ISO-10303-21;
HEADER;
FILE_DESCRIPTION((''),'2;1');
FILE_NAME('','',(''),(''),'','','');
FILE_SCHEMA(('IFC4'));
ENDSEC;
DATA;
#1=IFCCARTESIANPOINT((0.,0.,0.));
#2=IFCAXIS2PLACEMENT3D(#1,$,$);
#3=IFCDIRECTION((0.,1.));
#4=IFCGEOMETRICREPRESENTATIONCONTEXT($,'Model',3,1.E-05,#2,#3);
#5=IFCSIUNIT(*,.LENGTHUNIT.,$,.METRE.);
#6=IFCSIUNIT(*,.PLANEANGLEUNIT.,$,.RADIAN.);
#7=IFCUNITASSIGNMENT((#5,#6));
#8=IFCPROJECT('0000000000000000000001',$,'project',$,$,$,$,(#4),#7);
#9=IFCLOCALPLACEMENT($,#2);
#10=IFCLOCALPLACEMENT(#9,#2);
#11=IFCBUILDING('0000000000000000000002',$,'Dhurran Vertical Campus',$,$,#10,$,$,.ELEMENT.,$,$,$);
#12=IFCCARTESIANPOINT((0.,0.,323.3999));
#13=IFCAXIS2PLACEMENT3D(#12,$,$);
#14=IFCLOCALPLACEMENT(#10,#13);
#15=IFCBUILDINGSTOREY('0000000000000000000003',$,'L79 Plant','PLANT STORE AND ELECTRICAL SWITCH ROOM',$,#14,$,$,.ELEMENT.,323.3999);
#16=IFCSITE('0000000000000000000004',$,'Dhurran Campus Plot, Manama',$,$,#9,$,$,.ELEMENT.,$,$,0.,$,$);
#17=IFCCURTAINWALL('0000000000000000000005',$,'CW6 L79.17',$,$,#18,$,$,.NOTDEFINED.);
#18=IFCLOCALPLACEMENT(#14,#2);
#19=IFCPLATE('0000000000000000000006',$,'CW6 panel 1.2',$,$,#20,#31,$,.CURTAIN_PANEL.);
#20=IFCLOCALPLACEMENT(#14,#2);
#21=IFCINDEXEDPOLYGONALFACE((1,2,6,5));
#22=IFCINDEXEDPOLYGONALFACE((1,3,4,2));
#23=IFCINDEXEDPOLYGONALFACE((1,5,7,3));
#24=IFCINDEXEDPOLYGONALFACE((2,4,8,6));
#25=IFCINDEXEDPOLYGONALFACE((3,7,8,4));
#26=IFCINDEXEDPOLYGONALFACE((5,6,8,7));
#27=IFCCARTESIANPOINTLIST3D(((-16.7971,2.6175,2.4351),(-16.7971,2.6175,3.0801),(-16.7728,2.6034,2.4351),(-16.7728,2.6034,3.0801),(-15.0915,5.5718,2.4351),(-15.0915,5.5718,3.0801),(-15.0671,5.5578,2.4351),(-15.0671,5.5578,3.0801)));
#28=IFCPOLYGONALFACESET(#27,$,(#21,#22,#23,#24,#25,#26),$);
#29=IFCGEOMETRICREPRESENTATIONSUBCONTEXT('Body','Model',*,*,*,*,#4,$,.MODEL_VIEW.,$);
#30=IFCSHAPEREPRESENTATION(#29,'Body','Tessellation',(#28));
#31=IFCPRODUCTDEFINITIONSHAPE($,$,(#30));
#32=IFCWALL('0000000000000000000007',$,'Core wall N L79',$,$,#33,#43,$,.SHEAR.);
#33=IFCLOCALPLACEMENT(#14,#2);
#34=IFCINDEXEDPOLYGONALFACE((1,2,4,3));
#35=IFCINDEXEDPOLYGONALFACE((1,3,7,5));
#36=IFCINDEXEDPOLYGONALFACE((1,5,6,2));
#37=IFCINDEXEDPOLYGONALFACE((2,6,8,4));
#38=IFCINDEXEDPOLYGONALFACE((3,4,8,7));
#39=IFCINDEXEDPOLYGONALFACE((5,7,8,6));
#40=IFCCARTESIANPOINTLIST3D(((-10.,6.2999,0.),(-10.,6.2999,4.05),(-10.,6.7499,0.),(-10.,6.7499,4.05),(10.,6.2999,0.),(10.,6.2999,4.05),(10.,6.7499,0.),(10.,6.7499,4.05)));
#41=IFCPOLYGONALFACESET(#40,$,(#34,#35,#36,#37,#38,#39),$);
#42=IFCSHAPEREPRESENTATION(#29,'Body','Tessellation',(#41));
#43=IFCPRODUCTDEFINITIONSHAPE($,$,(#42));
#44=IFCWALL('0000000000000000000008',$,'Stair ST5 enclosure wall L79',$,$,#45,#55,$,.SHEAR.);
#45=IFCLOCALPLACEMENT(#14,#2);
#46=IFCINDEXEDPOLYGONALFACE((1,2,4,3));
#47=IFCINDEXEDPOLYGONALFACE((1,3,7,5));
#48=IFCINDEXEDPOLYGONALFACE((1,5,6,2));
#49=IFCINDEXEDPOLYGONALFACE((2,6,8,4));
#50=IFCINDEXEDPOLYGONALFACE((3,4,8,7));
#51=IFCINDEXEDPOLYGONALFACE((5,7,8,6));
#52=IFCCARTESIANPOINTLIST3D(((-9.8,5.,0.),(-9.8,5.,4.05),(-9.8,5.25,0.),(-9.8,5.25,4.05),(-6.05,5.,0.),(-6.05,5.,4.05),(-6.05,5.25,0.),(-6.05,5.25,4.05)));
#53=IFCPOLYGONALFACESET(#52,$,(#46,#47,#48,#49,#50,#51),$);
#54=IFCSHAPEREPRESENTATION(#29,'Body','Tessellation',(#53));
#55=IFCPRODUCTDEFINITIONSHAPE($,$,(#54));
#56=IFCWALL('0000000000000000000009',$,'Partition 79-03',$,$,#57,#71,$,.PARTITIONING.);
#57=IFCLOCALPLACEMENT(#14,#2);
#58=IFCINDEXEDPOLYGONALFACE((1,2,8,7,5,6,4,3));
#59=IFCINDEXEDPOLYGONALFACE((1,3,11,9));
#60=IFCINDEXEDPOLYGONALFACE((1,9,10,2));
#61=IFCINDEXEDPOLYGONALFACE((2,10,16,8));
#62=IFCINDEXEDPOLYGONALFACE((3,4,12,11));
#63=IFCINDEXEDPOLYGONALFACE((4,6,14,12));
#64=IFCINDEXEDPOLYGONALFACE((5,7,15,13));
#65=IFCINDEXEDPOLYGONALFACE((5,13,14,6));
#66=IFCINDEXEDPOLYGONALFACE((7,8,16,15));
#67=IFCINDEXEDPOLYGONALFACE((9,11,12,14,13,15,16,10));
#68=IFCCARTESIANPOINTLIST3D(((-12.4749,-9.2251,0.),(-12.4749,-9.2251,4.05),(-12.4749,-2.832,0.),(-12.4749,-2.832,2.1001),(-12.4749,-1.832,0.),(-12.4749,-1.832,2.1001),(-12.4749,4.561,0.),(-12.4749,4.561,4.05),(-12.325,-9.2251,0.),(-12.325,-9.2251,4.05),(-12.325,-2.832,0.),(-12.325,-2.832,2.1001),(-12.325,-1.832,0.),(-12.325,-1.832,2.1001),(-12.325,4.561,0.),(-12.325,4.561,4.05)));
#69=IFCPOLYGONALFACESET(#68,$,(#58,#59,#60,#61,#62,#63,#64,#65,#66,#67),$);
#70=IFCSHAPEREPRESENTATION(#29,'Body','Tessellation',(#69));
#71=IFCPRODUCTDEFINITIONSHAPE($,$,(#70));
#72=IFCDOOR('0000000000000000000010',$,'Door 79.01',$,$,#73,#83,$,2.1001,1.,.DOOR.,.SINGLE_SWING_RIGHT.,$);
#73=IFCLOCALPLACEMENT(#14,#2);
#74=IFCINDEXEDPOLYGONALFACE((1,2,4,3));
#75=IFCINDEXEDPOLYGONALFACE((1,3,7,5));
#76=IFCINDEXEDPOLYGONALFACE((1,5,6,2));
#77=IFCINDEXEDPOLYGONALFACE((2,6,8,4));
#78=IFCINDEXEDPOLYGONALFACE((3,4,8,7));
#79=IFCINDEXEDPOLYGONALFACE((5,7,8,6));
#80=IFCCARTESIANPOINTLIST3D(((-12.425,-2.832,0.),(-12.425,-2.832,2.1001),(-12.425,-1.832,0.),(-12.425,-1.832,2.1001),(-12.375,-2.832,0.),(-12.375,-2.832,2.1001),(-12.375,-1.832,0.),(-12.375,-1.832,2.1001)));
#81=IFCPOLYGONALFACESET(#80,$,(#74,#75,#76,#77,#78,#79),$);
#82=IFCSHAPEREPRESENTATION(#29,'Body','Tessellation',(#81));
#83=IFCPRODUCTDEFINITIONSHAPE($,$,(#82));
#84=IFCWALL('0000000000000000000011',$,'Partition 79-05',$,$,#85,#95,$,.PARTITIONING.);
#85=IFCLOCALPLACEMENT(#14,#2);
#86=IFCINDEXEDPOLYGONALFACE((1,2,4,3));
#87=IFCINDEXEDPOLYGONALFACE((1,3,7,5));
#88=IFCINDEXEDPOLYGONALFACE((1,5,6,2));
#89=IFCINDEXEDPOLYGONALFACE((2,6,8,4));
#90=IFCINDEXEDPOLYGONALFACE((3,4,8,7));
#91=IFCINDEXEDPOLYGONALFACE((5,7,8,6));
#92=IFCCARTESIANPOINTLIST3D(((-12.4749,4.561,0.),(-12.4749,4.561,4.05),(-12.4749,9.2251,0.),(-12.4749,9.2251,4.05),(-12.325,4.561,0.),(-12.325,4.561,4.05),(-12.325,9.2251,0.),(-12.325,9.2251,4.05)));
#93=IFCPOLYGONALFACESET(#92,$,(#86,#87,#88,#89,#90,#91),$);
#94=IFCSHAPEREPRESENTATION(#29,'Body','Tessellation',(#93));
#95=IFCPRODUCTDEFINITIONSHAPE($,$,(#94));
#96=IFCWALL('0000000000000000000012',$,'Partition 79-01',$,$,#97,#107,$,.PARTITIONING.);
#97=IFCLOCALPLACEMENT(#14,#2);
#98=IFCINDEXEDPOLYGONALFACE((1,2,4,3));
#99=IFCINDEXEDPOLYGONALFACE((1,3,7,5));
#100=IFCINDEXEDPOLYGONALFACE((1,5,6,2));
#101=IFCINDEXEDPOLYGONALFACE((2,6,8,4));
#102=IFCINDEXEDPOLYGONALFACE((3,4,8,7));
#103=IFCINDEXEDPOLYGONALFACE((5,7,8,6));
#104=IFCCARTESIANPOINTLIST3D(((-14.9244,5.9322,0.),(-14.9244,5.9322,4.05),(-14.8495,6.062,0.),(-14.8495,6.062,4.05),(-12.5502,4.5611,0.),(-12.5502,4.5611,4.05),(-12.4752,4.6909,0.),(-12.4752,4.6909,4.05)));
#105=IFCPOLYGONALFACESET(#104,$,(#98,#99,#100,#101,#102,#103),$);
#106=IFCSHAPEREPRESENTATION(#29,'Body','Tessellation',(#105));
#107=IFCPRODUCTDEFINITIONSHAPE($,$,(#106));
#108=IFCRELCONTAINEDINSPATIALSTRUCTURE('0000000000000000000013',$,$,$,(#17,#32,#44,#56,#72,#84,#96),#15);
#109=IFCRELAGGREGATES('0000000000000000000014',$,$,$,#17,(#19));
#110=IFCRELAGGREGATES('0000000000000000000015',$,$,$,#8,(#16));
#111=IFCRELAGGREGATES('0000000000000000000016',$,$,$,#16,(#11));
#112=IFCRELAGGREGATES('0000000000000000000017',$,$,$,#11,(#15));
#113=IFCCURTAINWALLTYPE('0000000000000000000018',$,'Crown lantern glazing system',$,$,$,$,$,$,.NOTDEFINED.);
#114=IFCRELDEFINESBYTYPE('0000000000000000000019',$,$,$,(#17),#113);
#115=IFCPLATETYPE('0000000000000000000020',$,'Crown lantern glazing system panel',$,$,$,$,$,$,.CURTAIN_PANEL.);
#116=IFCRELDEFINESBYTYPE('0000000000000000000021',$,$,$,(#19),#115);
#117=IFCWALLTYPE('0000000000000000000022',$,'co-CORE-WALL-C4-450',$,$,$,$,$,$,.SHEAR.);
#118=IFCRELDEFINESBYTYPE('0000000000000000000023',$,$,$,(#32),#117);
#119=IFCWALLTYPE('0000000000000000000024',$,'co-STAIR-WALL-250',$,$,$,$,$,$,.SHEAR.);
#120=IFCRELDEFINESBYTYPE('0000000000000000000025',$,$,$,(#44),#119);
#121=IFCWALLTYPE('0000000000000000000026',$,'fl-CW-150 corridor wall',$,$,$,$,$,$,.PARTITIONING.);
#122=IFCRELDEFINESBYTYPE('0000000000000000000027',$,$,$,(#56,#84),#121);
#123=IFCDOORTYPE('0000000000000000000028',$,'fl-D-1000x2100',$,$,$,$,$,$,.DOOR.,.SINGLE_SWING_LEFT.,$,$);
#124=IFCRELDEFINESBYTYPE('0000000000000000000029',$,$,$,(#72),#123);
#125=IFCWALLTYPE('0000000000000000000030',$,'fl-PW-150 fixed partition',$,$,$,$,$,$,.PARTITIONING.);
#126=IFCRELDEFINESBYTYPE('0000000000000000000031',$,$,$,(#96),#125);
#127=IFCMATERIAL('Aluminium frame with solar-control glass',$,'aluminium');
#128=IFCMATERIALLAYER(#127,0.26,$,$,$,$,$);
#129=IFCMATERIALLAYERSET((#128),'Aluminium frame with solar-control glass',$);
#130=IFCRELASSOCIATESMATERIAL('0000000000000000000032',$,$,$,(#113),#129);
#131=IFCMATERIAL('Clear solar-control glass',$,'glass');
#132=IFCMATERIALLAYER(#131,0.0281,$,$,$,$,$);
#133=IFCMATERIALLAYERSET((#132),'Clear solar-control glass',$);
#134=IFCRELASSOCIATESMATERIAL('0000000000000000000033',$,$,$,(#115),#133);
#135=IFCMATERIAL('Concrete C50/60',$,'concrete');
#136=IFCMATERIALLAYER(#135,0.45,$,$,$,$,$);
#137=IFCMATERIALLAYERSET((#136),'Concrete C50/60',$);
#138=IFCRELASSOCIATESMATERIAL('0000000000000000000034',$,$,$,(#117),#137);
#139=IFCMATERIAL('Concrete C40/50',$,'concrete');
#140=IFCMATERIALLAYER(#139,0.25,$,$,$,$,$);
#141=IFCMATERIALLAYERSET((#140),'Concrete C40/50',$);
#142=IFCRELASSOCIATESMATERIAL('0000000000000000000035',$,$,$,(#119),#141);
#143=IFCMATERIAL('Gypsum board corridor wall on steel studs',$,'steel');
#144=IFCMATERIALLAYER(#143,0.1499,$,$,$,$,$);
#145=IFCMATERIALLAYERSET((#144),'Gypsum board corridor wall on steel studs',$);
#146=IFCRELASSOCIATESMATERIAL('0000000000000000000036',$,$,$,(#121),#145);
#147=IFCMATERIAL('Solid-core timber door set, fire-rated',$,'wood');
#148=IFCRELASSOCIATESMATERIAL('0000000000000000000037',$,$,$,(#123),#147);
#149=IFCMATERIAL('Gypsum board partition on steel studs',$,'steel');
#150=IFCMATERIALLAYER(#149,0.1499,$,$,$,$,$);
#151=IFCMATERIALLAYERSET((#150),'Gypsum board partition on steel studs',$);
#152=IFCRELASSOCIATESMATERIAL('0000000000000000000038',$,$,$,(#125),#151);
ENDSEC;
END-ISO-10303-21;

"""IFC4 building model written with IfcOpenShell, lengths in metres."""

from ifc_helpers import new_model, si_unit, direction, frame, frame_2d, origin, origin_2d, place, context, subcontext, project, spatial, rectangle, extrude, material, layer, layer_set, type_object, element, fill, aggregate, save


model = new_model("IFC4")

# Units and contexts
model_context = context("Model", 3, precision=1e-05, world=origin(), true_north=direction((0.0, 1.0)))
body_context = subcontext(model_context, "Body", "Model", "MODEL_VIEW")
ifc_project = project(units=[si_unit("LENGTHUNIT", "METRE"), si_unit("PLANEANGLEUNIT", "RADIAN")], contexts=[model_context])

# Site, building, storey
site_placement = place(None, origin())
site = spatial("IfcSite", under=ifc_project, at=site_placement, Name="Dhurran Campus Plot, Manama", CompositionType="ELEMENT", RefElevation=0.0)
building_placement = place(site_placement, origin())
building = spatial("IfcBuilding", under=site, at=building_placement, Name="Dhurran Vertical Campus", CompositionType="ELEMENT")
storey_placement = place(building_placement, frame((0.0, 0.0, 323.3999)))
storey = spatial("IfcBuildingStorey", under=building, at=storey_placement, Name="L79 Plant", Description="PLANT STORE AND ELECTRICAL SWITCH ROOM", CompositionType="ELEMENT", Elevation=323.3999)

# Shared definitions
ifc_material_1 = material(Name="Aluminium frame with solar-control glass", Category="aluminium")
ifc_layer_1 = layer(ifc_material_1, 0.26)
ifc_layer_set_1 = layer_set([ifc_layer_1], Name="Aluminium frame with solar-control glass")
curtain_wall_type = type_object("IfcCurtainWallType", Name="Crown lantern glazing system", PredefinedType="NOTDEFINED", material=ifc_layer_set_1)

# Curtain wall
curtain_wall_1_placement = place(storey_placement, origin())
curtain_wall_1 = element("IfcCurtainWall", 1, at=curtain_wall_1_placement, inside=storey, type_object=curtain_wall_type, Name="CW6 L79.17", PredefinedType="NOTDEFINED")

# Plate
ifc_material_2 = material(Name="Clear solar-control glass", Category="glass")
ifc_layer_2 = layer(ifc_material_2, 0.0281)
ifc_layer_set_2 = layer_set([ifc_layer_2], Name="Clear solar-control glass")
plate_type = type_object("IfcPlateType", Name="Crown lantern glazing system panel", PredefinedType="CURTAIN_PANEL", material=ifc_layer_set_2)
plate_1_placement = place(storey_placement, frame((-15.9321, 4.0876, 2.4351), z_axis=(0.0, 0.0, 1.0), x_axis=(-0.499991, -0.86603, 0.0)))
plate_1 = element("IfcPlate", 2, at=plate_1_placement, type_object=plate_type, Name="CW6 panel 1.2", PredefinedType="CURTAIN_PANEL", context=body_context, shape_type="SweptSolid", body=[
    extrude(rectangle(XDim=3.4114, YDim=0.0281, at=origin_2d()), origin(), (0.0, 0.0, 1.0), 0.645),
])
aggregate(curtain_wall_1, [plate_1])

# Walls
ifc_material_3 = material(Name="Concrete C50/60", Category="concrete")
ifc_layer_3 = layer(ifc_material_3, 0.45)
ifc_layer_set_3 = layer_set([ifc_layer_3], Name="Concrete C50/60")
wall_type_1 = type_object("IfcWallType", Name="co-CORE-WALL-C4-450", PredefinedType="SHEAR", material=ifc_layer_set_3)
wall_1_placement = place(storey_placement, frame((-10.0, 6.5249, 0.0), z_axis=(0.0, 0.0, 1.0), x_axis=(1.0, 0.0, 0.0)))
element("IfcWall", 3, at=wall_1_placement, inside=storey, type_object=wall_type_1, Name="Core wall N L79", PredefinedType="SHEAR", context=body_context, shape_type="SweptSolid", body=[
    extrude(rectangle(XDim=20.0, YDim=0.45, at=frame_2d((10.0, 0.0))), origin(), (0.0, 0.0, 1.0), 4.05),
])
ifc_material_4 = material(Name="Concrete C40/50", Category="concrete")
ifc_layer_4 = layer(ifc_material_4, 0.25)
ifc_layer_set_4 = layer_set([ifc_layer_4], Name="Concrete C40/50")
wall_type_2 = type_object("IfcWallType", Name="co-STAIR-WALL-250", PredefinedType="SHEAR", material=ifc_layer_set_4)
wall_2_placement = place(storey_placement, frame((-9.8, 5.125, 0.0), z_axis=(0.0, 0.0, 1.0), x_axis=(1.0, 0.0, 0.0)))
element("IfcWall", 4, at=wall_2_placement, inside=storey, type_object=wall_type_2, Name="Stair ST5 enclosure wall L79", PredefinedType="SHEAR", context=body_context, shape_type="SweptSolid", body=[
    extrude(rectangle(XDim=3.75, YDim=0.25, at=frame_2d((1.875, 0.0))), origin(), (0.0, 0.0, 1.0), 4.05),
])

# Wall, opening, door
ifc_material_5 = material(Name="Gypsum board corridor wall on steel studs", Category="steel")
ifc_layer_5 = layer(ifc_material_5, 0.1499)
ifc_layer_set_5 = layer_set([ifc_layer_5], Name="Gypsum board corridor wall on steel studs")
wall_type_3 = type_object("IfcWallType", Name="fl-CW-150 corridor wall", PredefinedType="PARTITIONING", material=ifc_layer_set_5)
wall_3_placement = place(storey_placement, frame((-12.3999, 4.561, 0.0), z_axis=(0.0, 0.0, 1.0), x_axis=(0.0, -1.0, 0.0)))
wall_3 = element("IfcWall", 5, at=wall_3_placement, inside=storey, type_object=wall_type_3, Name="Partition 79-03", PredefinedType="PARTITIONING", context=body_context, shape_type="SweptSolid", body=[
    extrude(rectangle(XDim=13.7861, YDim=0.1499, at=frame_2d((6.8931, 0.0))), origin(), (0.0, 0.0, 1.0), 4.05),
])
opening_placement = place(wall_3_placement, frame((6.3931, 0.0, 0.0)))
opening = element("IfcOpeningElement", 6, at=opening_placement, cuts=wall_3, PredefinedType="OPENING", context=body_context, shape_type="SweptSolid", body=[
    extrude(rectangle(XDim=1.0, YDim=2.1001, at=frame_2d((0.5, 1.05))), frame((0.0, 0.085, 0.0), z_axis=(0.0, -1.0, 0.0), x_axis=(1.0, 0.0, 0.0)), (0.0, 0.0, 1.0), 0.1699),
])
ifc_material_6 = material(Name="Solid-core timber door set, fire-rated", Category="wood")
door_type = type_object("IfcDoorType", Name="fl-D-1000x2100", OperationType="SINGLE_SWING_LEFT", PredefinedType="DOOR", material=ifc_material_6)
door_placement = place(opening_placement, origin())
door = element("IfcDoor", 7, at=door_placement, inside=storey, type_object=door_type, Name="Door 79.01", OperationType="SINGLE_SWING_RIGHT", OverallHeight=2.1001, OverallWidth=1.0, PredefinedType="DOOR", context=body_context, shape_type="SweptSolid", body=[
    extrude(rectangle(XDim=1.0, YDim=2.1001, at=frame_2d((0.5, 1.05))), frame((0.0, 0.0249, 0.0), z_axis=(0.0, -1.0, 0.0), x_axis=(1.0, 0.0, 0.0)), (0.0, 0.0, 1.0), 0.05),
])
fill(opening, door)

# Walls
wall_4_placement = place(storey_placement, frame((-12.3999, 9.2251, 0.0), z_axis=(0.0, 0.0, 1.0), x_axis=(0.0, -1.0, 0.0)))
element("IfcWall", 8, at=wall_4_placement, inside=storey, type_object=wall_type_3, Name="Partition 79-05", PredefinedType="PARTITIONING", context=body_context, shape_type="SweptSolid", body=[
    extrude(rectangle(XDim=4.6641, YDim=0.1499, at=frame_2d((2.332, 0.0))), origin(), (0.0, 0.0, 1.0), 4.05),
])
ifc_material_7 = material(Name="Gypsum board partition on steel studs", Category="steel")
ifc_layer_6 = layer(ifc_material_7, 0.1499)
ifc_layer_set_6 = layer_set([ifc_layer_6], Name="Gypsum board partition on steel studs")
wall_type_4 = type_object("IfcWallType", Name="fl-PW-150 fixed partition", PredefinedType="PARTITIONING", material=ifc_layer_set_6)
wall_5_placement = place(storey_placement, frame((-14.887, 5.9971, 0.0), z_axis=(0.0, 0.0, 1.0), x_axis=(0.865976, -0.500085, 0.0)))
element("IfcWall", 9, at=wall_5_placement, inside=storey, type_object=wall_type_4, Name="Partition 79-01", PredefinedType="PARTITIONING", context=body_context, shape_type="SweptSolid", body=[
    extrude(rectangle(XDim=2.7417, YDim=0.1499, at=frame_2d((1.3708, 0.0))), origin(), (0.0, 0.0, 1.0), 4.05),
])

save(model, "model.ifc")
